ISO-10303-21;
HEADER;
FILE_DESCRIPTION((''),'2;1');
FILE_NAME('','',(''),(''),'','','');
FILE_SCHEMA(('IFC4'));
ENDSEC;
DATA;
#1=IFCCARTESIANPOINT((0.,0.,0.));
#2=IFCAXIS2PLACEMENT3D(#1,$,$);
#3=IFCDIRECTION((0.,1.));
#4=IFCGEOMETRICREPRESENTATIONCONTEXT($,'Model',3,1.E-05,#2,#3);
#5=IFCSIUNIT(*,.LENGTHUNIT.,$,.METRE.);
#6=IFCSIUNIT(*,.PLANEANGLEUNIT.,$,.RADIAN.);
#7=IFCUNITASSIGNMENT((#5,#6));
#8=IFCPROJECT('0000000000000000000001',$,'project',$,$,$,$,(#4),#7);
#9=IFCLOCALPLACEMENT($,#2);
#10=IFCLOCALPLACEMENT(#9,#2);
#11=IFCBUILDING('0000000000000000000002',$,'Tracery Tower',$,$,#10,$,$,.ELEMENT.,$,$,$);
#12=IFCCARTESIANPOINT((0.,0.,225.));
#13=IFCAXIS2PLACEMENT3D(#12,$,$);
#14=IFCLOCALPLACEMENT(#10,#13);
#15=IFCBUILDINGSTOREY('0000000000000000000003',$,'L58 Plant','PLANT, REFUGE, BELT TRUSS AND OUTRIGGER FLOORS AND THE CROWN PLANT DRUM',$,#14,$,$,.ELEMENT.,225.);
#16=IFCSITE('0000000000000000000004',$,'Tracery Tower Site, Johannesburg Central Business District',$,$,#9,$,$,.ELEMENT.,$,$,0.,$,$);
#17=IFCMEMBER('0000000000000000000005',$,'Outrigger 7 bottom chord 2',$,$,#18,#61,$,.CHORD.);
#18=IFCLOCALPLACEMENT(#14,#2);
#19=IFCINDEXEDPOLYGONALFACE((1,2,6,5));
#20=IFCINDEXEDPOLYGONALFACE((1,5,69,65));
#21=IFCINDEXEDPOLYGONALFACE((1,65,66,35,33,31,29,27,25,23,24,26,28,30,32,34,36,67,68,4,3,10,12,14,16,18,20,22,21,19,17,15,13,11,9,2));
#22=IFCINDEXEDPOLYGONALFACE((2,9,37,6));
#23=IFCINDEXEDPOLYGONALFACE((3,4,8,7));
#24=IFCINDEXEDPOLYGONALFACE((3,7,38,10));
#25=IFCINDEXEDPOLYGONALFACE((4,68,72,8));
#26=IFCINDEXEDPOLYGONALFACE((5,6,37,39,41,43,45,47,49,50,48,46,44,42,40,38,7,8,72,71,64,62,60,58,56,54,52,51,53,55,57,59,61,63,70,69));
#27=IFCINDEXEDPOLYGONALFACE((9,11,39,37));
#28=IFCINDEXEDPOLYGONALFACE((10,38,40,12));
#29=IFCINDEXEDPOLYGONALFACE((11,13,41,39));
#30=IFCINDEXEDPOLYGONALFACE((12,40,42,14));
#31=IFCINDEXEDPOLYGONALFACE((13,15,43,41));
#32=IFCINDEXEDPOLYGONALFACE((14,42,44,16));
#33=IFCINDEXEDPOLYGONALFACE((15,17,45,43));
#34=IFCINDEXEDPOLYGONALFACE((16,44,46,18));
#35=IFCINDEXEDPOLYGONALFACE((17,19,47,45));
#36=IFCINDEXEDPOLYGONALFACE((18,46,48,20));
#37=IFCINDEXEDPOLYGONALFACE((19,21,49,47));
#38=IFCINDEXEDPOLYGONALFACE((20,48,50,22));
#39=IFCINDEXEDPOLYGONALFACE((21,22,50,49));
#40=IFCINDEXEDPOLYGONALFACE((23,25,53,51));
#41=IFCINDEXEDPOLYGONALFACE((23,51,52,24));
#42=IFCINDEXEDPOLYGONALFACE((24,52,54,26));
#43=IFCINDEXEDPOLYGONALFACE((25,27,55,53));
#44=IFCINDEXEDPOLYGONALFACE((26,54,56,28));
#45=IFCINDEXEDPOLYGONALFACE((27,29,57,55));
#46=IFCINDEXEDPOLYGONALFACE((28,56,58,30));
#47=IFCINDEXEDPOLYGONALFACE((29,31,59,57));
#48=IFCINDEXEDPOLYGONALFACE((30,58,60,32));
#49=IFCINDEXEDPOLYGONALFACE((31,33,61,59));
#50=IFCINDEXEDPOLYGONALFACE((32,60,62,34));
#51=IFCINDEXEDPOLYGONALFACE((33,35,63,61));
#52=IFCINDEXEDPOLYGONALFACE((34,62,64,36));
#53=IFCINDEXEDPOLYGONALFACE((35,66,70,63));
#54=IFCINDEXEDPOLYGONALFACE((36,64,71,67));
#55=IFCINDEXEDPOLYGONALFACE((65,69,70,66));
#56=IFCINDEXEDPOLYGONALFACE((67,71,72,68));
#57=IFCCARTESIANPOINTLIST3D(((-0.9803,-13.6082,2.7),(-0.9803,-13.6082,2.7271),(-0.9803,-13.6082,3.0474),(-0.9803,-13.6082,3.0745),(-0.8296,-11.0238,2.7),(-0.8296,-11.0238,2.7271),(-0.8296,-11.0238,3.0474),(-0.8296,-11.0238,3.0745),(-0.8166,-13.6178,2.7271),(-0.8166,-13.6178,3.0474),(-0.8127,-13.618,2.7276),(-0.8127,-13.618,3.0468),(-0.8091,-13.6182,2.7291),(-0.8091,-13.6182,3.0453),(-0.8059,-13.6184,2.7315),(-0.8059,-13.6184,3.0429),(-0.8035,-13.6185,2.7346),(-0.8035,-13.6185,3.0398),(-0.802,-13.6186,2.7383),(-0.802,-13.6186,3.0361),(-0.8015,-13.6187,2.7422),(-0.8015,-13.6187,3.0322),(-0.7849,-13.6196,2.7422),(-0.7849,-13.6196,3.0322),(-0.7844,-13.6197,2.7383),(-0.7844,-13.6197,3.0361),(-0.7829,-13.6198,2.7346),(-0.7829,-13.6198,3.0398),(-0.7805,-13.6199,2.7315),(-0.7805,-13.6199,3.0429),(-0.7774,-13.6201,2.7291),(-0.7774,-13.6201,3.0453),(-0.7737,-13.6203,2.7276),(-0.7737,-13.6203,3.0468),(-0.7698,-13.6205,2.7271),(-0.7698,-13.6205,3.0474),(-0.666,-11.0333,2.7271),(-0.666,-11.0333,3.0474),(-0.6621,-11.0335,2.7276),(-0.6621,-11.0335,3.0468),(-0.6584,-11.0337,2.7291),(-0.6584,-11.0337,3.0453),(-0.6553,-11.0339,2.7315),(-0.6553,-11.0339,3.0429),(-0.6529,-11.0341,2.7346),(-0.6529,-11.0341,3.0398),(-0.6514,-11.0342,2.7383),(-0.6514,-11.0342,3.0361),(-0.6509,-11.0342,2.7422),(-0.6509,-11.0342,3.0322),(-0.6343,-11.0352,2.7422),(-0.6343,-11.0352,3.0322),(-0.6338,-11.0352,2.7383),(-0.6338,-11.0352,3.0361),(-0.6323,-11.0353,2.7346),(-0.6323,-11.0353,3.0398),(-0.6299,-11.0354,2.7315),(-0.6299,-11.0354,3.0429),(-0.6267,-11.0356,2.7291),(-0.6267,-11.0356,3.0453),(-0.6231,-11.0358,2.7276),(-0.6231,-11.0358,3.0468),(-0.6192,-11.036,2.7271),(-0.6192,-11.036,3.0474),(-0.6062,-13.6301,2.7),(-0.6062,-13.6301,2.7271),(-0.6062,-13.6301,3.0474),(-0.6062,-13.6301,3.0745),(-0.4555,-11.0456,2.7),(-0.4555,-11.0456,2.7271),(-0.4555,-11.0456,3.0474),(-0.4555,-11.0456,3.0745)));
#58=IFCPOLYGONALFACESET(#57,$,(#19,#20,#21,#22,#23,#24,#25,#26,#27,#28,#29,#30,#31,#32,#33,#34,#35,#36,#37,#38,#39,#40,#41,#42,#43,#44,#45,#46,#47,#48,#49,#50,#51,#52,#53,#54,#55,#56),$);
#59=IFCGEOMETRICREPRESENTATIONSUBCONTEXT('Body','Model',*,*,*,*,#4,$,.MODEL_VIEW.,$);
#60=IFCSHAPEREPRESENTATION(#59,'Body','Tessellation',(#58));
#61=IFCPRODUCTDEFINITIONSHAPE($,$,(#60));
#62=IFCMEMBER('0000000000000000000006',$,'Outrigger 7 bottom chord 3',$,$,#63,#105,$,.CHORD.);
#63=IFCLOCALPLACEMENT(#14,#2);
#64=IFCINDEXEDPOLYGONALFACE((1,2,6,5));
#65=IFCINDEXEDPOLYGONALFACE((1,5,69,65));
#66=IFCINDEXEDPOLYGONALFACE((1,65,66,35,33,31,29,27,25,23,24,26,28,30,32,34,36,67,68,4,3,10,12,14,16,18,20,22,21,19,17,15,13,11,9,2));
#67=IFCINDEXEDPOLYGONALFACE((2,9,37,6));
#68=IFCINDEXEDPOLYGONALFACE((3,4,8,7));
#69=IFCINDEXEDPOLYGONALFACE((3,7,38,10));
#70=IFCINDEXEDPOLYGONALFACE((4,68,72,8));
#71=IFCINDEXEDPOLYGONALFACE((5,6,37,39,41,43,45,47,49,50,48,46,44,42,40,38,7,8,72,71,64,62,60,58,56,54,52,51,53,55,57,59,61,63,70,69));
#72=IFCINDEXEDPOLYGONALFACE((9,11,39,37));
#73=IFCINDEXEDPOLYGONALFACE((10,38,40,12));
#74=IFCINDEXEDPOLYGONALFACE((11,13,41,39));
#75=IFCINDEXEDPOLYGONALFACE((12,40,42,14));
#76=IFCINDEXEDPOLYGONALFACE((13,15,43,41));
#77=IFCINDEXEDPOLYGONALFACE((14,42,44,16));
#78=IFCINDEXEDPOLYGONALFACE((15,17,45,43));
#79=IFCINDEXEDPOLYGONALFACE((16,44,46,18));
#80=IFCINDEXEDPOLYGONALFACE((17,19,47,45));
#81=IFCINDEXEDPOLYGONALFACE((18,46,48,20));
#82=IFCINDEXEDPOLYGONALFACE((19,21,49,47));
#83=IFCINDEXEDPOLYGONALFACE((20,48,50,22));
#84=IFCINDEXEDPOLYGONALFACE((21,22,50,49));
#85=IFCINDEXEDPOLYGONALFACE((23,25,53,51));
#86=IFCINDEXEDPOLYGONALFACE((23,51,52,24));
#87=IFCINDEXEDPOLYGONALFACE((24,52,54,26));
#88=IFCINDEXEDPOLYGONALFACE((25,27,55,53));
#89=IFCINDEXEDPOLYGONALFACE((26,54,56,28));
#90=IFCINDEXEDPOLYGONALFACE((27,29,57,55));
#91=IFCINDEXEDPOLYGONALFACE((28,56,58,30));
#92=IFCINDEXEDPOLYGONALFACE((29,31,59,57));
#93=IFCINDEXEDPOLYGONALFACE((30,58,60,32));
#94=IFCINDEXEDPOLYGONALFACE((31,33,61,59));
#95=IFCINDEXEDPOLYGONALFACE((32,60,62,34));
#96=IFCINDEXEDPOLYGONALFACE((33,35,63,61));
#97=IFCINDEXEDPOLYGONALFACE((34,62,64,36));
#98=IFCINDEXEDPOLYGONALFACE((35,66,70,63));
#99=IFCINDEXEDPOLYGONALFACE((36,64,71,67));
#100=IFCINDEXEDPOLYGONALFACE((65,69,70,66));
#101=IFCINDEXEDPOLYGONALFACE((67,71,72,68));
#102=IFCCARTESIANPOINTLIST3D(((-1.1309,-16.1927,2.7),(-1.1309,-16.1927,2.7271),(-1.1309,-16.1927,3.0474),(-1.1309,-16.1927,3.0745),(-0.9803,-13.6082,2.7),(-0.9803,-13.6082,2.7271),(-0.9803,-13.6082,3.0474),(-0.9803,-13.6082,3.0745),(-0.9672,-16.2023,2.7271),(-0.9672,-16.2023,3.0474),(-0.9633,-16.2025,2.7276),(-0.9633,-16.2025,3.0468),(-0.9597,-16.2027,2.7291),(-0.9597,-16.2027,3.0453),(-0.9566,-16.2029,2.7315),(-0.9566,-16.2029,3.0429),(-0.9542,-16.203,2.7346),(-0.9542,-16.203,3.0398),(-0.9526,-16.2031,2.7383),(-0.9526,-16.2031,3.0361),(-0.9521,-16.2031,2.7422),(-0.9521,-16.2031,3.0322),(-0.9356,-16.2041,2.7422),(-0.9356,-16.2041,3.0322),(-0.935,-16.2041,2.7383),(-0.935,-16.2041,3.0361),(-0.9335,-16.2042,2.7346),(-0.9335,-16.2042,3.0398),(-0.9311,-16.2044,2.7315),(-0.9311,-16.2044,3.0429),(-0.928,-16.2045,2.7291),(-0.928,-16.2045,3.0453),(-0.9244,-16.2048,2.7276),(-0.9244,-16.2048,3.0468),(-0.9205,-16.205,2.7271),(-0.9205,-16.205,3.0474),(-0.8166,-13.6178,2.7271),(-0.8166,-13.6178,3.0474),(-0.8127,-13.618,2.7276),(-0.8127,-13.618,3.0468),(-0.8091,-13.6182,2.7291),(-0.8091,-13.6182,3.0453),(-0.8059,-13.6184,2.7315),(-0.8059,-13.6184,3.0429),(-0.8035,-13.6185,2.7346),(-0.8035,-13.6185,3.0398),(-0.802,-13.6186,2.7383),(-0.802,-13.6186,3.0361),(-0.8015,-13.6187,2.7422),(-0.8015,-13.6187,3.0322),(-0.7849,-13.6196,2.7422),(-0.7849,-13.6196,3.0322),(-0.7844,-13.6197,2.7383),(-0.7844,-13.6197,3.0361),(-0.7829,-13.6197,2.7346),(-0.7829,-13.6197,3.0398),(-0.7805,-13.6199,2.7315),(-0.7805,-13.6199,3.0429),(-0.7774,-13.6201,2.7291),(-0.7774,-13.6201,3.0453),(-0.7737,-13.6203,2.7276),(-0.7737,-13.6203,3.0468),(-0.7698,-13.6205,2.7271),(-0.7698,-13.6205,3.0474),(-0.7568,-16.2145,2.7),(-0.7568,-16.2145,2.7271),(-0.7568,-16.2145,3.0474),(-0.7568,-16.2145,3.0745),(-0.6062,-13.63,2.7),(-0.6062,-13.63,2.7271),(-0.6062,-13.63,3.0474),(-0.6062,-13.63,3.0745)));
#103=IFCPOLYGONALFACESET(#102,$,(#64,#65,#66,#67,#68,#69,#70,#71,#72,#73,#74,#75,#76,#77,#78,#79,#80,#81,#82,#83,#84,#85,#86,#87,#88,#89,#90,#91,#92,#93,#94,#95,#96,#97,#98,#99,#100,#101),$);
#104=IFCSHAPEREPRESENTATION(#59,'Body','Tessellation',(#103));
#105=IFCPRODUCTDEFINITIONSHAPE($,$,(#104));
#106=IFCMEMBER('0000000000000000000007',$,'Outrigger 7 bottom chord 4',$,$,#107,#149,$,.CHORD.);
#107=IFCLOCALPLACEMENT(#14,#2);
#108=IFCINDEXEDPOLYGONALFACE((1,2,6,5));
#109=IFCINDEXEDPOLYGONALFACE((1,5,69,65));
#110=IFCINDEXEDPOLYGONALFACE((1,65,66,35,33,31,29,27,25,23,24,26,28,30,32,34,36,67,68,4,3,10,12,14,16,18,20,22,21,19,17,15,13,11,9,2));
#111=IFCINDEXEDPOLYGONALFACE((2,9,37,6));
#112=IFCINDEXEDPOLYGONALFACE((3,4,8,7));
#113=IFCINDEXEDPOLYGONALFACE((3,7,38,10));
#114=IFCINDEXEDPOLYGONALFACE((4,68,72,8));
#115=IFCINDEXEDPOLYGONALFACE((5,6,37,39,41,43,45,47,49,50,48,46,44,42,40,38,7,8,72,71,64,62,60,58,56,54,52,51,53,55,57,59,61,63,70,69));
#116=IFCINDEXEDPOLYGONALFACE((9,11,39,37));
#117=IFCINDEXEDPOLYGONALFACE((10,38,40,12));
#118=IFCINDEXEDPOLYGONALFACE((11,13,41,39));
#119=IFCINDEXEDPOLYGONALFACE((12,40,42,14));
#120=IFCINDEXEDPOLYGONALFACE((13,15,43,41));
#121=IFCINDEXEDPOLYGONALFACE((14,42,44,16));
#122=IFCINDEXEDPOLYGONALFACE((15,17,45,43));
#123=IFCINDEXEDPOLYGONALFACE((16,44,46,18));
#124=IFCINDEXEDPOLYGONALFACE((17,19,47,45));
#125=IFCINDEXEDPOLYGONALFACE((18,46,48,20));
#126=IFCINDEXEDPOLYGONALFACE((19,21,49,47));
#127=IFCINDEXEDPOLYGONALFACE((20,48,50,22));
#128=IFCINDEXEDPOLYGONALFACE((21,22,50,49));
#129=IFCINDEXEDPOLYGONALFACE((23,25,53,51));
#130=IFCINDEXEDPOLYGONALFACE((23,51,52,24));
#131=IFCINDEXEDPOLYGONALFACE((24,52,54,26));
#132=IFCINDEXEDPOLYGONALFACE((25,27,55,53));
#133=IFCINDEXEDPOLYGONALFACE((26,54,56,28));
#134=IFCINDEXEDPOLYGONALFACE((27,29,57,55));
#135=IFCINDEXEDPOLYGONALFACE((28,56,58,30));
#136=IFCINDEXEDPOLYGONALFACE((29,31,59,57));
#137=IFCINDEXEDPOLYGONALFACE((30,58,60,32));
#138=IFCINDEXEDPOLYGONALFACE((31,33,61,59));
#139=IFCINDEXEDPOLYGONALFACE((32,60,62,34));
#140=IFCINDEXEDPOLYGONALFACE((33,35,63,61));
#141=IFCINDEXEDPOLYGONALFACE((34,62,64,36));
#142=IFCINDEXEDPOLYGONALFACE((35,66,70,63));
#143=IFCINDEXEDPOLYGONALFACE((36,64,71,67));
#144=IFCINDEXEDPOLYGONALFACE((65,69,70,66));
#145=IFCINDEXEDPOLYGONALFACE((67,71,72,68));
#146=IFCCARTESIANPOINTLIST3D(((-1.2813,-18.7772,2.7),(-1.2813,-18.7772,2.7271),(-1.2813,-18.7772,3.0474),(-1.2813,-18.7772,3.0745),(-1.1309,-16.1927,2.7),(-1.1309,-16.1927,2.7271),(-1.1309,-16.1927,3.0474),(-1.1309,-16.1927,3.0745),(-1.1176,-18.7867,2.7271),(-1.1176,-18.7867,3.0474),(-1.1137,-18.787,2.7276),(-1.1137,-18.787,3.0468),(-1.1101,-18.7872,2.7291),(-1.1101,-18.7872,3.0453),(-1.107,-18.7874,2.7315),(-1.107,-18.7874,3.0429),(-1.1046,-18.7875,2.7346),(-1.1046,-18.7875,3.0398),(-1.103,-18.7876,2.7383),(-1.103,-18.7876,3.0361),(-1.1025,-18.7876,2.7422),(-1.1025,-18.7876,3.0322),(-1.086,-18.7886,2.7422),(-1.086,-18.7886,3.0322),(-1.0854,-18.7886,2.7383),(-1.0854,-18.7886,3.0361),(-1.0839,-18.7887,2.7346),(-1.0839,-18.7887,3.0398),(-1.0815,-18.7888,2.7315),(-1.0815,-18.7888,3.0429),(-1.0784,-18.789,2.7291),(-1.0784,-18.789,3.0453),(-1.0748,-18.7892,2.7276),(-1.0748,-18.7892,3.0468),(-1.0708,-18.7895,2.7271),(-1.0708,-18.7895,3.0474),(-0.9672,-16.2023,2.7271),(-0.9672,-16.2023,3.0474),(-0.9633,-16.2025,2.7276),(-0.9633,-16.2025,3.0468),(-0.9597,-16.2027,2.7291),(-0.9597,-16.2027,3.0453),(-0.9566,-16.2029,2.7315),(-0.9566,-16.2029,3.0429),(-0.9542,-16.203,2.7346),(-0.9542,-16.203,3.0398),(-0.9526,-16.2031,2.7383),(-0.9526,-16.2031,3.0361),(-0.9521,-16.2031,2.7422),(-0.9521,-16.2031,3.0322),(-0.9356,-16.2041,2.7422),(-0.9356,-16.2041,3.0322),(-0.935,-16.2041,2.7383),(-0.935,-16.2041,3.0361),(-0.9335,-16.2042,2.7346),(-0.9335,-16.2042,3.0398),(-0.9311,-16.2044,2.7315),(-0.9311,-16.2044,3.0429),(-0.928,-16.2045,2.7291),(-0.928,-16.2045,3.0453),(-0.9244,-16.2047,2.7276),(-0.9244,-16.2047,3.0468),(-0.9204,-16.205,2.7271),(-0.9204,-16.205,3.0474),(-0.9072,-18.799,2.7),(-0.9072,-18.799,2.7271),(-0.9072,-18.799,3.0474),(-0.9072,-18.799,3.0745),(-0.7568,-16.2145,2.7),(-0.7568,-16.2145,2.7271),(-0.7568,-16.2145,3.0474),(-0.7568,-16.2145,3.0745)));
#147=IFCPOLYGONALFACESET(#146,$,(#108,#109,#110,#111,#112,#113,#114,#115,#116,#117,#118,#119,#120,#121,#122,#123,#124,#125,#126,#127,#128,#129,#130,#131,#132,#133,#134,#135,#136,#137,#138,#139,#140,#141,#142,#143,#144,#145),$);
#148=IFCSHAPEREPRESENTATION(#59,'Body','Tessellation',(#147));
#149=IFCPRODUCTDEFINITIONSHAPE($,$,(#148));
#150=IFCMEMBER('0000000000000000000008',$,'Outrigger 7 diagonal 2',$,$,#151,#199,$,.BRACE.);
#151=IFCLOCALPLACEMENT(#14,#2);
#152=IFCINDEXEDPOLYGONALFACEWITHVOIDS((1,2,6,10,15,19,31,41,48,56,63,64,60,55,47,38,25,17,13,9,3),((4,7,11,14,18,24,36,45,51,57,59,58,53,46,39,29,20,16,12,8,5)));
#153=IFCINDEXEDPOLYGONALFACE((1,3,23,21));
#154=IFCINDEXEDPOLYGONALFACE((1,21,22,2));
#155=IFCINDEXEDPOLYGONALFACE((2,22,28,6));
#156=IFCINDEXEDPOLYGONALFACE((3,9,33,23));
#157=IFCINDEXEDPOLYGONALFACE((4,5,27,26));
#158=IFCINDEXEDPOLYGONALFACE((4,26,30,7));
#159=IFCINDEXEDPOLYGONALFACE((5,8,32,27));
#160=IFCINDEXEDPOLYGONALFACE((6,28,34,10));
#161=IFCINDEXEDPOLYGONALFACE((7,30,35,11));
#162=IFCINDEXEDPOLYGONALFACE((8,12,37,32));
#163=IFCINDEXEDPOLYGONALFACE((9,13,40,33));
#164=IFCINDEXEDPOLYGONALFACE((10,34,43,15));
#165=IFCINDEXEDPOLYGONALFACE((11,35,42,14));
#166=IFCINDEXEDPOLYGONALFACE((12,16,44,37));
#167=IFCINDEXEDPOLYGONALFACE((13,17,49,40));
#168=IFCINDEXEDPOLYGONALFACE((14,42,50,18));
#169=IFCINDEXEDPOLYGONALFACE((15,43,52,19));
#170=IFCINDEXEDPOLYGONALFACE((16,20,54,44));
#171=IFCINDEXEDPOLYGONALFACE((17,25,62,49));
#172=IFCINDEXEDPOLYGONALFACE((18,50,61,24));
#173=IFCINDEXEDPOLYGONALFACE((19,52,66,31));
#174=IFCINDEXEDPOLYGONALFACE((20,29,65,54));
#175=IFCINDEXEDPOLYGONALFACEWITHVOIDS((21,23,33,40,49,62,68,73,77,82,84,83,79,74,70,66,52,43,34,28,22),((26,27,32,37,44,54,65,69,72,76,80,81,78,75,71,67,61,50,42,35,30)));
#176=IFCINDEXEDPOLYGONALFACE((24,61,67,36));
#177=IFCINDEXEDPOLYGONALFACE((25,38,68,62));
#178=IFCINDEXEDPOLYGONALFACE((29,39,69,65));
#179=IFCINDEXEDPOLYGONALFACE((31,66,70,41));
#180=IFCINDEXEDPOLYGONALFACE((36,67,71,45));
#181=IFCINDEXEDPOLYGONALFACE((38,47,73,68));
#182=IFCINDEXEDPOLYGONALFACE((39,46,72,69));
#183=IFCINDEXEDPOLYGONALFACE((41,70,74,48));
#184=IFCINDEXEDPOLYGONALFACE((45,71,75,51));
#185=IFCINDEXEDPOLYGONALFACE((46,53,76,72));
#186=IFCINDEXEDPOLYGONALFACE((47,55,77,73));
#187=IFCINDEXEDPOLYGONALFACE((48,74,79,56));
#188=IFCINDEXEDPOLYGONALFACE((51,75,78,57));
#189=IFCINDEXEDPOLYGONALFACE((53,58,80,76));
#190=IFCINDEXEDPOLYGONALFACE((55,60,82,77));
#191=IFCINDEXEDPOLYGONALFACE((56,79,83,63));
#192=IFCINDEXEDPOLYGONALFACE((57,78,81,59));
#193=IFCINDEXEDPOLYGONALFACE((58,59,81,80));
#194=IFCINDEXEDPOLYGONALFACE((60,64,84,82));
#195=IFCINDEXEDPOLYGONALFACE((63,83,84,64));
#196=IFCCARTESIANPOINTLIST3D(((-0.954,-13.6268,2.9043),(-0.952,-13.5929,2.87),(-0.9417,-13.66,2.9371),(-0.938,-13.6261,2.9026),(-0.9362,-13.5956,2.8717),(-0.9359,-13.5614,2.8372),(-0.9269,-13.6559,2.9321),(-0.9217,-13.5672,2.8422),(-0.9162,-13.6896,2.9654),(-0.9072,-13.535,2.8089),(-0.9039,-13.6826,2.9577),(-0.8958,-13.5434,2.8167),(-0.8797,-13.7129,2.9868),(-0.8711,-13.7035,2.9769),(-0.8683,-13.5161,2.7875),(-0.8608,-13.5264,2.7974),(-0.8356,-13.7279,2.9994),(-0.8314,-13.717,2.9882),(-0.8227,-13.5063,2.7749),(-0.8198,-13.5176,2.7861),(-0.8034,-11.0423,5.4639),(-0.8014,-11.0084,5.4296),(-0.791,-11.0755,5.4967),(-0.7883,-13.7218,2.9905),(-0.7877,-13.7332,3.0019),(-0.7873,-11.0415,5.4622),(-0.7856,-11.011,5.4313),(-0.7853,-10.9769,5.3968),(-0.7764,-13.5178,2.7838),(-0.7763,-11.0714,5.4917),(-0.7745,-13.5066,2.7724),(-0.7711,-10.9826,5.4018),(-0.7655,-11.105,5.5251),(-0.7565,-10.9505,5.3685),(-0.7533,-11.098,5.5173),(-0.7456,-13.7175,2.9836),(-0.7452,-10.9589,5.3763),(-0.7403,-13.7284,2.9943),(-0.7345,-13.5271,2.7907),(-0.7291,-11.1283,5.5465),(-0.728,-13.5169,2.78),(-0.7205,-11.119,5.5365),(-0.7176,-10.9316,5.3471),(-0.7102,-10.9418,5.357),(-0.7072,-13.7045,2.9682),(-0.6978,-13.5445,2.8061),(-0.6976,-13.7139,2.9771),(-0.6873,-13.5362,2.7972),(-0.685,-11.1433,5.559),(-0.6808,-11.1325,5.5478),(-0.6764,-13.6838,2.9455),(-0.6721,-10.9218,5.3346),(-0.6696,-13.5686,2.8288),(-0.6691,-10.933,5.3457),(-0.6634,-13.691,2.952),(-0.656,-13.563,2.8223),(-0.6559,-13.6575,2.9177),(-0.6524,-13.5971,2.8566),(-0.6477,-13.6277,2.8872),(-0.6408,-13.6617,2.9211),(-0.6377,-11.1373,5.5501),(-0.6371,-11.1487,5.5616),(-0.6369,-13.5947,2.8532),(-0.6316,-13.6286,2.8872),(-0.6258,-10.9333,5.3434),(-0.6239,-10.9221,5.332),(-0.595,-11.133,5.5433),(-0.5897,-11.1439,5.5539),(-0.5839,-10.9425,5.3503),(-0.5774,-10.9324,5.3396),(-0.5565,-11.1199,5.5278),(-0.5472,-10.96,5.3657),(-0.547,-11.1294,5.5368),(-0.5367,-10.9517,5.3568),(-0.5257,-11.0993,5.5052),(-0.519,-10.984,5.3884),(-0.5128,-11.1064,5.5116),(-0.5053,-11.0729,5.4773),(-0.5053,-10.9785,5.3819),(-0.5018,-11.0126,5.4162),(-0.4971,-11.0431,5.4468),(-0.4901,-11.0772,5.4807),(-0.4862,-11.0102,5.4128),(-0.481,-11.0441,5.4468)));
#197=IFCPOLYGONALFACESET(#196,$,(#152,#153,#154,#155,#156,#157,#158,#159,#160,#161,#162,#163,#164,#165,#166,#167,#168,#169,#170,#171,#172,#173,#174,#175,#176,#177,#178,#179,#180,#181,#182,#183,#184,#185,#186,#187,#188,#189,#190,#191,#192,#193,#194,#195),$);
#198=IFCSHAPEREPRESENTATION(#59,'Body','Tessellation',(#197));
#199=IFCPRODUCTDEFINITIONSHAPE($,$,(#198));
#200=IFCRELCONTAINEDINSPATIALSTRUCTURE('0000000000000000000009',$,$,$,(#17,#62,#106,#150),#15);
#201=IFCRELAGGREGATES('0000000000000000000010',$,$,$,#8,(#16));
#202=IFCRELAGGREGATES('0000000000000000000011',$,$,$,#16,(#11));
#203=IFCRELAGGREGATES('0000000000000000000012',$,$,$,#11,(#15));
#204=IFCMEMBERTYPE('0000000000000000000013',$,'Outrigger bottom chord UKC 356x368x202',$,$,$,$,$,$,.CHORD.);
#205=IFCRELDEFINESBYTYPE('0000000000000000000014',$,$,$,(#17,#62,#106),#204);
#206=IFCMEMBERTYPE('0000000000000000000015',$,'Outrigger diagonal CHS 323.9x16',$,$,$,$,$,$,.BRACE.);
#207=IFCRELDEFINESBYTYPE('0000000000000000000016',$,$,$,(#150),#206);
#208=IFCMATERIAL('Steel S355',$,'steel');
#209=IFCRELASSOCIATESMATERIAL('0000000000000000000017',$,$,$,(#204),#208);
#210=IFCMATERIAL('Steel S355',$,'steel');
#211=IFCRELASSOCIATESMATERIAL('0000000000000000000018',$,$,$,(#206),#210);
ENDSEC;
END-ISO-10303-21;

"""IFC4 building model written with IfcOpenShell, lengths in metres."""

from ifc_helpers import new_model, si_unit, direction, frame, origin, origin_2d, place, context, subcontext, project, spatial, hollow_circle, i_section, extrude, material, material_profile, profile_set, type_object, element, save


model = new_model("IFC4")

# Units and contexts
model_context = context("Model", 3, precision=1e-05, world=origin(), true_north=direction((0.0, 1.0)))
body_context = subcontext(model_context, "Body", "Model", "MODEL_VIEW")
ifc_project = project(units=[si_unit("LENGTHUNIT", "METRE"), si_unit("PLANEANGLEUNIT", "RADIAN")], contexts=[model_context])

# Site, building, storey
site_placement = place(None, origin())
site = spatial("IfcSite", under=ifc_project, at=site_placement, Name="Tracery Tower Site, Johannesburg Central Business District", CompositionType="ELEMENT", RefElevation=0.0)
building_placement = place(site_placement, origin())
building = spatial("IfcBuilding", under=site, at=building_placement, Name="Tracery Tower", CompositionType="ELEMENT")
storey_placement = place(building_placement, frame((0.0, 0.0, 225.0)))
storey = spatial("IfcBuildingStorey", under=building, at=storey_placement, Name="L58 Plant", Description="PLANT, REFUGE, BELT TRUSS AND OUTRIGGER FLOORS AND THE CROWN PLANT DRUM", CompositionType="ELEMENT", Elevation=225.0)

# Members
ifc_material_1 = material(Name="Steel S355", Category="steel")
ifc_material_profile_1 = material_profile(ifc_material_1, i_section(OverallWidth=0.3748, OverallDepth=0.3745, WebThickness=0.0166, FlangeThickness=0.0271, FilletRadius=0.0151, at=origin_2d()), Name="UKC 356x368x202")
ifc_profile_set_1 = profile_set([ifc_material_profile_1], Name="Steel S355")
member_type_1 = type_object("IfcMemberType", Name="Outrigger bottom chord UKC 356x368x202", PredefinedType="CHORD", material=ifc_profile_set_1)
for number, where, z_axis, x_axis, name in (
    (1, (-0.6426, -11.0347, 2.8872), (-0.058186, -0.998306, 0.0), (0.998306, -0.058186, 0.0), "Outrigger 7 bottom chord 2"),
    (2, (-0.7932, -13.6191, 2.8872), (-0.058186, -0.998306, 0.0), (0.998306, -0.058186, 0.0), "Outrigger 7 bottom chord 3"),
    (3, (-0.9438, -16.2036, 2.8872), (-0.058092, -0.998311, 0.0), (0.998311, -0.058092, 0.0), "Outrigger 7 bottom chord 4"),
):
    element("IfcMember", number, at=place(storey_placement, frame(where, z_axis=z_axis, x_axis=x_axis)), inside=storey, type_object=member_type_1, Name=name, PredefinedType="CHORD", context=body_context, shape_type="SweptSolid", body=[
        extrude(i_section(OverallWidth=0.3748, OverallDepth=0.3745, WebThickness=0.0166, FlangeThickness=0.0271, FilletRadius=0.0151, at=origin_2d()), origin(), (0.0, 0.0, 1.0), 2.5889),
    ])
ifc_material_2 = material(Name="Steel S355", Category="steel")
ifc_material_profile_2 = material_profile(ifc_material_2, hollow_circle(Radius=0.1619, WallThickness=0.0161, at=origin_2d()), Name="CHS 323.9x16")
ifc_profile_set_2 = profile_set([ifc_material_profile_2], Name="Steel S355")
member_type_2 = type_object("IfcMemberType", Name="Outrigger diagonal CHS 323.9x16", PredefinedType="BRACE", material=ifc_profile_set_2)
for number, where, z_axis, x_axis, name in (
    (4, (-0.6426, -11.0347, 5.4468), (-0.041377, -0.709913, -0.703073), (0.998306, -0.058186, 0.0), "Outrigger 7 diagonal 2"),
):
    element("IfcMember", number, at=place(storey_placement, frame(where, z_axis=z_axis, x_axis=x_axis)), inside=storey, type_object=member_type_2, Name=name, PredefinedType="BRACE", context=body_context, shape_type="SweptSolid", body=[
        extrude(hollow_circle(Radius=0.1619, WallThickness=0.0161, at=origin_2d()), origin(), (0.0, 0.0, 1.0), 3.6406),
    ])

save(model, "model.ifc")
